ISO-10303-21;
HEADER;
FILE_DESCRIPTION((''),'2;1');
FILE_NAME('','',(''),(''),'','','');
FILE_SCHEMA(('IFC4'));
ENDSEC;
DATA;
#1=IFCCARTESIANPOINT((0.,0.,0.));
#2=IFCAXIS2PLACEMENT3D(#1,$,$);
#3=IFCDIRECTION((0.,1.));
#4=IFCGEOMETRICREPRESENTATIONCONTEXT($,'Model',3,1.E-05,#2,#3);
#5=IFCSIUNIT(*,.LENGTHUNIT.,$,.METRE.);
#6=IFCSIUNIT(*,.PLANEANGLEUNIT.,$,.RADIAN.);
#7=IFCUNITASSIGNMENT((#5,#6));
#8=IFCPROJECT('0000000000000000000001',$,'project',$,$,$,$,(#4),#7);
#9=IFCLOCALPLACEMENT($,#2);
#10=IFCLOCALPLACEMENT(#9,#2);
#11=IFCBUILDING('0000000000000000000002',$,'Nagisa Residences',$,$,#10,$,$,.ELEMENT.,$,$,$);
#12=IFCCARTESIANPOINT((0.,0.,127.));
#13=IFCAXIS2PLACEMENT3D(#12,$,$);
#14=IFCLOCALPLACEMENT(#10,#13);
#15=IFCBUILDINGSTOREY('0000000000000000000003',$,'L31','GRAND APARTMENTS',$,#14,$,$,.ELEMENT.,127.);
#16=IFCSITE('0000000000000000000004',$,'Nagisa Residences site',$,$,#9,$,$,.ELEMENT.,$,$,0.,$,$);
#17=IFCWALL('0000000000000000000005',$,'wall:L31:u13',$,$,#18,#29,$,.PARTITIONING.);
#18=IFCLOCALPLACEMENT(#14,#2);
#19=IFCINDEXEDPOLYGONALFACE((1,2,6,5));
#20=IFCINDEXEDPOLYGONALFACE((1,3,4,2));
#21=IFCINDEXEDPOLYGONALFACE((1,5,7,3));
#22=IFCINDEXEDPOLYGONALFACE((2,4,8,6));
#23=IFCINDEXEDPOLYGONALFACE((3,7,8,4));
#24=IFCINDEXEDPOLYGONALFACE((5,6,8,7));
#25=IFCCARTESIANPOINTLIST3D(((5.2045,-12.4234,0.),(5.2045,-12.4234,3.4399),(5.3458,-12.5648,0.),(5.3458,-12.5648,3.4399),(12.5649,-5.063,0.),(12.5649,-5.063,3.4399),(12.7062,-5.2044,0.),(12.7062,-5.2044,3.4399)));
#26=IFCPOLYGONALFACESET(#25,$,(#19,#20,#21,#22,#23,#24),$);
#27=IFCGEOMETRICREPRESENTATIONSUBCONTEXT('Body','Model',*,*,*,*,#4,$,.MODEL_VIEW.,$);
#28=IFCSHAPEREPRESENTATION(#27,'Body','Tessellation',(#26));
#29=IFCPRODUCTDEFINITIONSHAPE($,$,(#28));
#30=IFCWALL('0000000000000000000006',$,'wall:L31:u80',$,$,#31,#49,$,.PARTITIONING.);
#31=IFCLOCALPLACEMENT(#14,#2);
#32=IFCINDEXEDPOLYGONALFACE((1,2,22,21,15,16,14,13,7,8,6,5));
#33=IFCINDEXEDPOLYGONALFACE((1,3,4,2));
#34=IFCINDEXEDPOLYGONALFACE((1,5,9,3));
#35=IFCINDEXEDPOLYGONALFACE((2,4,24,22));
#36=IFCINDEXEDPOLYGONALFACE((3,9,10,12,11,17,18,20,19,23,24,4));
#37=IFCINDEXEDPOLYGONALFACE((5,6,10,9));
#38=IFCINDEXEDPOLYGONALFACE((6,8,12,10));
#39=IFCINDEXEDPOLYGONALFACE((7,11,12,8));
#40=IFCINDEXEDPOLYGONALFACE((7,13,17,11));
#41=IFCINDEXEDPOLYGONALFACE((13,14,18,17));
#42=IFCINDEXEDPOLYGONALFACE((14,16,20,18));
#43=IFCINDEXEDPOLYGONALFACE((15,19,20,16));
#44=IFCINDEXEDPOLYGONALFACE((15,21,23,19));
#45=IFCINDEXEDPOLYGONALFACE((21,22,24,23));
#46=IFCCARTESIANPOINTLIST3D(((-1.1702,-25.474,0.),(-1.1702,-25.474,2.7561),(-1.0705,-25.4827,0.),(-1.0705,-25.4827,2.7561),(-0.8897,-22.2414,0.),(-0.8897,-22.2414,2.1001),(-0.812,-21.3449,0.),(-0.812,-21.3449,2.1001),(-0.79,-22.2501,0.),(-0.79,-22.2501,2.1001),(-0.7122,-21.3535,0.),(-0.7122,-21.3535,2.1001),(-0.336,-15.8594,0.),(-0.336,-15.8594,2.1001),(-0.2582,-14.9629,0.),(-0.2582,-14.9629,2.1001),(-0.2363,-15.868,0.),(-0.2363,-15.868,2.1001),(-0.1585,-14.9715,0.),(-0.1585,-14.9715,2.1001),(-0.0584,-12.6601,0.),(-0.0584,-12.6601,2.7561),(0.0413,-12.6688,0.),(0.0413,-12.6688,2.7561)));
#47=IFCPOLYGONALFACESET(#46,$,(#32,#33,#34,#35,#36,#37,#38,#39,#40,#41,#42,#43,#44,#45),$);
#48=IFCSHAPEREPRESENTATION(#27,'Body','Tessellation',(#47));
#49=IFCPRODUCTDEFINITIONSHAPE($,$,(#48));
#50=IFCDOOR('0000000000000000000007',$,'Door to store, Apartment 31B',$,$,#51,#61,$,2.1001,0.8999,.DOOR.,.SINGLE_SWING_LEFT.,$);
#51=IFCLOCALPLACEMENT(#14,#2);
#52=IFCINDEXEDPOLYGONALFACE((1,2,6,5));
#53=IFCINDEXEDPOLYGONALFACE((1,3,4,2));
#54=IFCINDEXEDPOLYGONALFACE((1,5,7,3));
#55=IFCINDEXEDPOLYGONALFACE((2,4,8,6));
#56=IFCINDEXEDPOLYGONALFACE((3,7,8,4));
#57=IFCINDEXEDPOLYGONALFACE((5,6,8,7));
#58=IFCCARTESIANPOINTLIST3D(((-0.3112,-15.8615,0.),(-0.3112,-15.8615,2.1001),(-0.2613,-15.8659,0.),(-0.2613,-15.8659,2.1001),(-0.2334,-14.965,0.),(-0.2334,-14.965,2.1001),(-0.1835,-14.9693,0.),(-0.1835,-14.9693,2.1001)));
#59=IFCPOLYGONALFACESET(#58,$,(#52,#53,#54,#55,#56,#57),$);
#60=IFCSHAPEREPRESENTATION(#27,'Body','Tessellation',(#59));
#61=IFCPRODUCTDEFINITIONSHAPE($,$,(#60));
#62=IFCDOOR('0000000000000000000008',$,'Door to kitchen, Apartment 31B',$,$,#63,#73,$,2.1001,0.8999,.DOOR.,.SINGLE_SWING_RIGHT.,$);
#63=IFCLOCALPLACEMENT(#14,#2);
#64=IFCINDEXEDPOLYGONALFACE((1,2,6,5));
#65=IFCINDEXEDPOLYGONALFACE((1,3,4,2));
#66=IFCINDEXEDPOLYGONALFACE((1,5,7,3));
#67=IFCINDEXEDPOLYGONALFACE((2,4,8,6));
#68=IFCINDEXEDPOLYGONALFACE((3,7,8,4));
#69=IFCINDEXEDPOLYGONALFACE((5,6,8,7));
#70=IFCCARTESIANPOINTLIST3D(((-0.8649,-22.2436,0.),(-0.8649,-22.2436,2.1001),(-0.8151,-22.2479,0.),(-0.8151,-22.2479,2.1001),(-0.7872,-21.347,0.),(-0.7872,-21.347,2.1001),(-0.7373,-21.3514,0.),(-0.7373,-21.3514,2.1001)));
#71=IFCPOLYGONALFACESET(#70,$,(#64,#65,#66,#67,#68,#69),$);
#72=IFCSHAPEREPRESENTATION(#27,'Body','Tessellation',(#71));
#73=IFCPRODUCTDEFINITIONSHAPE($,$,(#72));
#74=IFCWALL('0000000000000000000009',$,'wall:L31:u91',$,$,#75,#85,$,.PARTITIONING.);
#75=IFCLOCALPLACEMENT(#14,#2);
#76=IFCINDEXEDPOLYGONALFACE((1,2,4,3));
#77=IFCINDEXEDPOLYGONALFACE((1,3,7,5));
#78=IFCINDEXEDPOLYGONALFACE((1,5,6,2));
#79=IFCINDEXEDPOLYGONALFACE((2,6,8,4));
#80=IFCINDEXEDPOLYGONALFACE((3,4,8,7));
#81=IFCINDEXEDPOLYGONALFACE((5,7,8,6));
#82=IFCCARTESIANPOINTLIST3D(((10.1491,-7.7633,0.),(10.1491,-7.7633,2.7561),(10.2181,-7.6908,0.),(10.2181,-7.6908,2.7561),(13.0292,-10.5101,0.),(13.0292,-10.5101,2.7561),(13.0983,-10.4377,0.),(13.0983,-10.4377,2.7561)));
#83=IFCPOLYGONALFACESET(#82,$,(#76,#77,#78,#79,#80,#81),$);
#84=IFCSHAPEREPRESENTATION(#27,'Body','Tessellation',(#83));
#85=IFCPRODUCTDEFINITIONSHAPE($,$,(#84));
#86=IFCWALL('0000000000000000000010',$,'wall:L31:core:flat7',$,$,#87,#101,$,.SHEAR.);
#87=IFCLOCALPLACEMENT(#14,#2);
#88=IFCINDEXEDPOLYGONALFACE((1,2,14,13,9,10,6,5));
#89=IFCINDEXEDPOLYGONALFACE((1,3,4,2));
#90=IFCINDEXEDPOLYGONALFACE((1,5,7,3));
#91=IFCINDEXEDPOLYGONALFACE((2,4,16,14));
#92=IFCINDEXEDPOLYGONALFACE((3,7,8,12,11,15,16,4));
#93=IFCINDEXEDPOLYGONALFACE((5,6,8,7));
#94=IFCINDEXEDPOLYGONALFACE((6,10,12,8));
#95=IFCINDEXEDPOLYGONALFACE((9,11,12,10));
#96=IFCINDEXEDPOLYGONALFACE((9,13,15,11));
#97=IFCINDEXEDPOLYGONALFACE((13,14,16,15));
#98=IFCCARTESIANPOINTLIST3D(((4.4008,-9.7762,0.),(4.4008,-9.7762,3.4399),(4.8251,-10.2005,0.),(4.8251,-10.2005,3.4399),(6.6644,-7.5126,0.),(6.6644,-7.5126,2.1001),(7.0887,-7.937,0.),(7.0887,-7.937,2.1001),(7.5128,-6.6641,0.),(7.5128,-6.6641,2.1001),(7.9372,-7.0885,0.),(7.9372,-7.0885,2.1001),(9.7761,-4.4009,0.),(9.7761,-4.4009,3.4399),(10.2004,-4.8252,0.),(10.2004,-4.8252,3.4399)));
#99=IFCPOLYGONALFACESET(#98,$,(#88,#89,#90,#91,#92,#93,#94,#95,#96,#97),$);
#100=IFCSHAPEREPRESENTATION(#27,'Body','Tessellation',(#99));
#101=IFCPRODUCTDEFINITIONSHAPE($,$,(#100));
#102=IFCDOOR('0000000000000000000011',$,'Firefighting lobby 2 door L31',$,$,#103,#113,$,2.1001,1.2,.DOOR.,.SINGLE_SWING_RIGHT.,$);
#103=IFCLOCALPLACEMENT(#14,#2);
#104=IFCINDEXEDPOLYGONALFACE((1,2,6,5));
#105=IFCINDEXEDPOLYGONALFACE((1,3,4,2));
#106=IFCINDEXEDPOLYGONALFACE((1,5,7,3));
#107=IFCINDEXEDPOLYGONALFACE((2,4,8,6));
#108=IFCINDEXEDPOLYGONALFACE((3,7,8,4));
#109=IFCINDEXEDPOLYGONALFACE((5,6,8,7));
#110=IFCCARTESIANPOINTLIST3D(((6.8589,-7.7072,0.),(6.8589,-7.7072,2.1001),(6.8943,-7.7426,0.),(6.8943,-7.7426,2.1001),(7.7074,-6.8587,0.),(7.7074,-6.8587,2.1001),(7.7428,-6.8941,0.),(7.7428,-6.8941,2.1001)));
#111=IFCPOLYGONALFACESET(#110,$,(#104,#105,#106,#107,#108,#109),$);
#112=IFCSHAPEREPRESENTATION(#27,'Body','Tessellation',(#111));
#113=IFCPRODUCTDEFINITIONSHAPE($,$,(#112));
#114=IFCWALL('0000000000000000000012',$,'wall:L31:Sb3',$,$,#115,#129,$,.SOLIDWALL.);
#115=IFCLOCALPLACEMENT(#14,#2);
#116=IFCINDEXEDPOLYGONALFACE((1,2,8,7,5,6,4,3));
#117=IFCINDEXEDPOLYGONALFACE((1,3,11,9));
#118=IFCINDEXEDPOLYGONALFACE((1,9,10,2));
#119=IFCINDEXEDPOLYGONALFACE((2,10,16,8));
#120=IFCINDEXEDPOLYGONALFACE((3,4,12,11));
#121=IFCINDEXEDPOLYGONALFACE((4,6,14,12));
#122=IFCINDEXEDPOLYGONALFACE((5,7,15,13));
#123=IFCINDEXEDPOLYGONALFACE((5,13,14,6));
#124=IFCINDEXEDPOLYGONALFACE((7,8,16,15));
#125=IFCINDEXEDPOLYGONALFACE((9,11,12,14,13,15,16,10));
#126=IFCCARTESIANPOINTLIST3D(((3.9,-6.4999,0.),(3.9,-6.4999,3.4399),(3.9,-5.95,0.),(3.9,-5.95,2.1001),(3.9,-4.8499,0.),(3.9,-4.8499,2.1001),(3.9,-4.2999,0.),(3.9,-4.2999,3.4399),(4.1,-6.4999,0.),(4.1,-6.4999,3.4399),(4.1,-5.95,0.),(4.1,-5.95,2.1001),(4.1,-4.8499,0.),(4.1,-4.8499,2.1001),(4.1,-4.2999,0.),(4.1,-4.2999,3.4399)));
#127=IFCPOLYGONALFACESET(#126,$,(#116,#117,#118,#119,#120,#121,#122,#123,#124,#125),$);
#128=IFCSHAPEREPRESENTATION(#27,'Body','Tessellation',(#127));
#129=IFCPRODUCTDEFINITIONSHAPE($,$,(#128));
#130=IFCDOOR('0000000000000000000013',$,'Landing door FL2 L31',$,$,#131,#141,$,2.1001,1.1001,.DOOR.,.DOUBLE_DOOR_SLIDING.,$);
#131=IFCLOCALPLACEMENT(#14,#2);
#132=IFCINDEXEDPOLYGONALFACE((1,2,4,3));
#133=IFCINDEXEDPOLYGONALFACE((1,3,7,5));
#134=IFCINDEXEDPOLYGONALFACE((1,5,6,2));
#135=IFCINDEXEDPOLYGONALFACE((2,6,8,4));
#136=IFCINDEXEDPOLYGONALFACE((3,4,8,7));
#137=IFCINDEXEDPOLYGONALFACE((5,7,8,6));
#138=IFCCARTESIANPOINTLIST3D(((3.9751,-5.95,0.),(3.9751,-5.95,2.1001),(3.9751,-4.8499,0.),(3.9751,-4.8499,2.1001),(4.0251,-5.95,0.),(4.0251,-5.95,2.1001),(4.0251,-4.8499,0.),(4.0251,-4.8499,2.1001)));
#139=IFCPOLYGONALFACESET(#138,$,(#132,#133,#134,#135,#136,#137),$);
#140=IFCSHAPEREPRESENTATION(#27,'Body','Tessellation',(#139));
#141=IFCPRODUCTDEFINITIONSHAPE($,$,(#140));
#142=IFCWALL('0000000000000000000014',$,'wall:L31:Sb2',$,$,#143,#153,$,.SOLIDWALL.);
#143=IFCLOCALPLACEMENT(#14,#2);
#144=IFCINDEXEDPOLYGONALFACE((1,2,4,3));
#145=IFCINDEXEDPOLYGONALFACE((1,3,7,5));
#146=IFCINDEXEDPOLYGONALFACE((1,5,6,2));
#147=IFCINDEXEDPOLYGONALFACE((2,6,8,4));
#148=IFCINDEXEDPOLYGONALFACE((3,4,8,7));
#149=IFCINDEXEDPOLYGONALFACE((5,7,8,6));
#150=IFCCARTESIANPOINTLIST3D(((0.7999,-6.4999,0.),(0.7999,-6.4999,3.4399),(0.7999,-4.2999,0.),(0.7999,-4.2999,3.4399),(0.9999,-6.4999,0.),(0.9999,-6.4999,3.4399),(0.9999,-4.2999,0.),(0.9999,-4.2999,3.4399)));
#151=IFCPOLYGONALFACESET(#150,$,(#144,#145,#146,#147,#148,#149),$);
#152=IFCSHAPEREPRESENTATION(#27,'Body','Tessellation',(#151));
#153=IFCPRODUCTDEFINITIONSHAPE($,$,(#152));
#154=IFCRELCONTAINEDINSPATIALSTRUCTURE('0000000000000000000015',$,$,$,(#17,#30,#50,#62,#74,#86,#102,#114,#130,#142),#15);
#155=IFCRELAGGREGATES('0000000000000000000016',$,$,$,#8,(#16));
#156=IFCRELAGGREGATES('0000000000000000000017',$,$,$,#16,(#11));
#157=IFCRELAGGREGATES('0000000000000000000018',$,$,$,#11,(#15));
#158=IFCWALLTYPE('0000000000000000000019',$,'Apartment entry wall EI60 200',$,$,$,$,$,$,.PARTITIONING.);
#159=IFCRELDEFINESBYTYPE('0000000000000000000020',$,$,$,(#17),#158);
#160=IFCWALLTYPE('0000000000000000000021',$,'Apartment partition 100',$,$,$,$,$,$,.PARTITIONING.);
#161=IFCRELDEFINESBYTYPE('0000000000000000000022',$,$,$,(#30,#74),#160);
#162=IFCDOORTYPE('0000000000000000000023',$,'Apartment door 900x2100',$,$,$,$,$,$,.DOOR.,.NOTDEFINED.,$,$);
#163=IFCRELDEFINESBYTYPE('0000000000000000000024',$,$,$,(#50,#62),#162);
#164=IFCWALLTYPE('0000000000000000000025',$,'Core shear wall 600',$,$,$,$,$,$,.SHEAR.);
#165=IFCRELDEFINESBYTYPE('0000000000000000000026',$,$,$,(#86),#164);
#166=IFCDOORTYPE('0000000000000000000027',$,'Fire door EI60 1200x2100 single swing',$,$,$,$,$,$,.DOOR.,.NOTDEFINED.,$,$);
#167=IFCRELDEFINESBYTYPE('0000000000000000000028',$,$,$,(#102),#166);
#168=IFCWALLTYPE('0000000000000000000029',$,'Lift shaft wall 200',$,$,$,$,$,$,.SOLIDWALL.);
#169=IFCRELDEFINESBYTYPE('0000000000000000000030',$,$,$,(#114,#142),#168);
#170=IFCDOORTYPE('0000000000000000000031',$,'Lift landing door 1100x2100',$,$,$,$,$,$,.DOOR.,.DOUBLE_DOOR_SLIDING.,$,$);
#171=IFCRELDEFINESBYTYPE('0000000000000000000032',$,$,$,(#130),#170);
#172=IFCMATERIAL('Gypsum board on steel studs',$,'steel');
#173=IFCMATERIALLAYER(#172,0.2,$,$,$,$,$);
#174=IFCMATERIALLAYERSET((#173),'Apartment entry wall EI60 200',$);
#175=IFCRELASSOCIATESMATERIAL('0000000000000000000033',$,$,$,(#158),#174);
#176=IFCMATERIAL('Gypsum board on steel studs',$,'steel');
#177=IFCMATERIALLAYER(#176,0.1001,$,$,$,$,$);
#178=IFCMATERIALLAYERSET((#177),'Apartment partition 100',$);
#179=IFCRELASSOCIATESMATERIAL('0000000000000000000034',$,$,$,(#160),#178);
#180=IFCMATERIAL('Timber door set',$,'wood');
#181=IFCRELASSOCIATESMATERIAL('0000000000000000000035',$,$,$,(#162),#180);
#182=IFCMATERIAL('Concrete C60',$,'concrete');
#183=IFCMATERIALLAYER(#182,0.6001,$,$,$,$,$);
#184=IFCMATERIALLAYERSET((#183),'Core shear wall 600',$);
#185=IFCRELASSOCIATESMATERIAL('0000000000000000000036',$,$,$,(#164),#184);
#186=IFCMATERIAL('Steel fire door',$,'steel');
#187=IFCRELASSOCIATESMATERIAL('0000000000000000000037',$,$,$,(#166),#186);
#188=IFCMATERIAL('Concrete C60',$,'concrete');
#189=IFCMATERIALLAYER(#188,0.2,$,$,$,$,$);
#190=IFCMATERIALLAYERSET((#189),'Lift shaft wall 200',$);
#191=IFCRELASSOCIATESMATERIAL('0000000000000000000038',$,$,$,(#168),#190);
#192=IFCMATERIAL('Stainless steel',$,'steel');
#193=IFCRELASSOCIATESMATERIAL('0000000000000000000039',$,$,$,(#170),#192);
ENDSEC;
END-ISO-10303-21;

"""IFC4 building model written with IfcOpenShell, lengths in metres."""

from ifc_helpers import new_model, si_unit, direction, frame, frame_2d, origin, place, context, subcontext, project, spatial, rectangle, extrude, material, layer, layer_set, type_object, element, fill, save


model = new_model("IFC4")

# Units and contexts
model_context = context("Model", 3, precision=1e-05, world=origin(), true_north=direction((0.0, 1.0)))
body_context = subcontext(model_context, "Body", "Model", "MODEL_VIEW")
ifc_project = project(units=[si_unit("LENGTHUNIT", "METRE"), si_unit("PLANEANGLEUNIT", "RADIAN")], contexts=[model_context])

# Site, building, storey
site_placement = place(None, origin())
site = spatial("IfcSite", under=ifc_project, at=site_placement, Name="Nagisa Residences site", CompositionType="ELEMENT", RefElevation=0.0)
building_placement = place(site_placement, origin())
building = spatial("IfcBuilding", under=site, at=building_placement, Name="Nagisa Residences", CompositionType="ELEMENT")
storey_placement = place(building_placement, frame((0.0, 0.0, 127.0)))
storey = spatial("IfcBuildingStorey", under=building, at=storey_placement, Name="L31", Description="GRAND APARTMENTS", CompositionType="ELEMENT", Elevation=127.0)

# Wall
ifc_material_1 = material(Name="Gypsum board on steel studs", Category="steel")
ifc_layer_1 = layer(ifc_material_1, 0.2)
ifc_layer_set_1 = layer_set([ifc_layer_1], Name="Apartment entry wall EI60 200")
wall_type_1 = type_object("IfcWallType", Name="Apartment entry wall EI60 200", PredefinedType="PARTITIONING", material=ifc_layer_set_1)
wall_1_placement = place(storey_placement, frame((5.2751, -12.4941, 0.0), z_axis=(0.0, 0.0, 1.0), x_axis=(0.707107, 0.707107, 0.0)))
element("IfcWall", 1, at=wall_1_placement, inside=storey, type_object=wall_type_1, Name="wall:L31:u13", PredefinedType="PARTITIONING", context=body_context, shape_type="SweptSolid", body=[
    extrude(rectangle(XDim=10.4092, YDim=0.2, at=frame_2d((5.2046, 0.0))), origin(), (0.0, 0.0, 1.0), 3.4399),
])

# Wall, openings, doors
ifc_material_2 = material(Name="Gypsum board on steel studs", Category="steel")
ifc_layer_2 = layer(ifc_material_2, 0.1001)
ifc_layer_set_2 = layer_set([ifc_layer_2], Name="Apartment partition 100")
wall_type_2 = type_object("IfcWallType", Name="Apartment partition 100", PredefinedType="PARTITIONING", material=ifc_layer_set_2)
wall_2_placement = place(storey_placement, frame((-0.0085, -12.6643, 0.0), z_axis=(0.0, 0.0, 1.0), x_axis=(-0.086441, -0.996257, 0.0)))
wall_2 = element("IfcWall", 2, at=wall_2_placement, inside=storey, type_object=wall_type_2, Name="wall:L31:u80", PredefinedType="PARTITIONING", context=body_context, shape_type="SweptSolid", body=[
    extrude(rectangle(XDim=12.8621, YDim=0.1001, at=frame_2d((6.4312, 0.0))), origin(), (0.0, 0.0, 1.0), 2.7561),
])
opening_1_placement = place(wall_2_placement, frame((2.3115, 0.0, 0.0)))
opening_1 = element("IfcOpeningElement", 3, at=opening_1_placement, cuts=wall_2, PredefinedType="OPENING", context=body_context, shape_type="SweptSolid", body=[
    extrude(rectangle(XDim=0.8999, YDim=2.1001, at=frame_2d((0.45, 1.05))), frame((0.0, 0.0601, 0.0), z_axis=(0.0, -1.0, 0.0), x_axis=(1.0, 0.0, 0.0)), (0.0, 0.0, 1.0), 0.1201),
])
opening_2_placement = place(wall_2_placement, frame((8.7175, 0.0, 0.0)))
opening_2 = element("IfcOpeningElement", 4, at=opening_2_placement, cuts=wall_2, PredefinedType="OPENING", context=body_context, shape_type="SweptSolid", body=[
    extrude(rectangle(XDim=0.8999, YDim=2.1001, at=frame_2d((0.45, 1.05))), frame((0.0, 0.0601, 0.0), z_axis=(0.0, -1.0, 0.0), x_axis=(1.0, 0.0, 0.0)), (0.0, 0.0, 1.0), 0.1201),
])
ifc_material_3 = material(Name="Timber door set", Category="wood")
door_type_1 = type_object("IfcDoorType", Name="Apartment door 900x2100", OperationType="NOTDEFINED", PredefinedType="DOOR", material=ifc_material_3)
door_1_placement = place(opening_1_placement, origin())
door_1 = element("IfcDoor", 5, at=door_1_placement, inside=storey, type_object=door_type_1, Name="Door to store, Apartment 31B", OperationType="SINGLE_SWING_LEFT", OverallHeight=2.1001, OverallWidth=0.8999, PredefinedType="DOOR", context=body_context, shape_type="SweptSolid", body=[
    extrude(rectangle(XDim=0.8999, YDim=2.1001, at=frame_2d((0.45, 1.05))), frame((0.0, 0.0249, 0.0), z_axis=(0.0, -1.0, 0.0), x_axis=(1.0, 0.0, 0.0)), (0.0, 0.0, 1.0), 0.05),
])
fill(opening_1, door_1)
door_2_placement = place(opening_2_placement, origin())
door_2 = element("IfcDoor", 6, at=door_2_placement, inside=storey, type_object=door_type_1, Name="Door to kitchen, Apartment 31B", OperationType="SINGLE_SWING_RIGHT", OverallHeight=2.1001, OverallWidth=0.8999, PredefinedType="DOOR", context=body_context, shape_type="SweptSolid", body=[
    extrude(rectangle(XDim=0.8999, YDim=2.1001, at=frame_2d((0.45, 1.05))), frame((0.0, 0.0249, 0.0), z_axis=(0.0, -1.0, 0.0), x_axis=(1.0, 0.0, 0.0)), (0.0, 0.0, 1.0), 0.05),
])
fill(opening_2, door_2)

# Wall
wall_3_placement = place(storey_placement, frame((10.1836, -7.7271, 0.0), z_axis=(0.0, 0.0, 1.0), x_axis=(0.723655, -0.690162, 0.0)))
element("IfcWall", 7, at=wall_3_placement, inside=storey, type_object=wall_type_2, Name="wall:L31:u91", PredefinedType="PARTITIONING", context=body_context, shape_type="SweptSolid", body=[
    extrude(rectangle(XDim=3.98, YDim=0.1001, at=frame_2d((1.99, 0.0))), origin(), (0.0, 0.0, 1.0), 2.7561),
])

# Walls, openings, doors
ifc_material_4 = material(Name="Concrete C60", Category="concrete")
ifc_layer_3 = layer(ifc_material_4, 0.6001)
ifc_layer_set_3 = layer_set([ifc_layer_3], Name="Core shear wall 600")
wall_type_3 = type_object("IfcWallType", Name="Core shear wall 600", PredefinedType="SHEAR", material=ifc_layer_set_3)
wall_4_placement = place(storey_placement, frame((4.613, -9.9883, 0.0), z_axis=(0.0, 0.0, 1.0), x_axis=(0.707107, 0.707107, 0.0)))
wall_4 = element("IfcWall", 8, at=wall_4_placement, inside=storey, type_object=wall_type_3, Name="wall:L31:core:flat7", PredefinedType="SHEAR", context=body_context, shape_type="SweptSolid", body=[
    extrude(rectangle(XDim=7.6018, YDim=0.6001, at=frame_2d((3.8008, 0.0))), origin(), (0.0, 0.0, 1.0), 3.4399),
])
opening_3_placement = place(wall_4_placement, frame((3.2009, 0.0, 0.0)))
opening_3 = element("IfcOpeningElement", 9, at=opening_3_placement, cuts=wall_4, PredefinedType="OPENING", context=body_context, shape_type="SweptSolid", body=[
    extrude(rectangle(XDim=1.2, YDim=2.1001, at=frame_2d((0.6001, 1.05))), frame((0.0, 0.3101, 0.0), z_axis=(0.0, -1.0, 0.0), x_axis=(1.0, 0.0, 0.0)), (0.0, 0.0, 1.0), 0.6201),
])
ifc_material_5 = material(Name="Steel fire door", Category="steel")
door_type_2 = type_object("IfcDoorType", Name="Fire door EI60 1200x2100 single swing", OperationType="NOTDEFINED", PredefinedType="DOOR", material=ifc_material_5)
door_3_placement = place(opening_3_placement, origin())
door_3 = element("IfcDoor", 10, at=door_3_placement, inside=storey, type_object=door_type_2, Name="Firefighting lobby 2 door L31", OperationType="SINGLE_SWING_RIGHT", OverallHeight=2.1001, OverallWidth=1.2, PredefinedType="DOOR", context=body_context, shape_type="SweptSolid", body=[
    extrude(rectangle(XDim=1.2, YDim=2.1001, at=frame_2d((0.6001, 1.05))), frame((0.0, 0.0249, 0.0), z_axis=(0.0, -1.0, 0.0), x_axis=(1.0, 0.0, 0.0)), (0.0, 0.0, 1.0), 0.05),
])
fill(opening_3, door_3)
ifc_material_6 = material(Name="Concrete C60", Category="concrete")
ifc_layer_4 = layer(ifc_material_6, 0.2)
ifc_layer_set_4 = layer_set([ifc_layer_4], Name="Lift shaft wall 200")
wall_type_4 = type_object("IfcWallType", Name="Lift shaft wall 200", PredefinedType="SOLIDWALL", material=ifc_layer_set_4)
wall_5_placement = place(storey_placement, frame((4.0, -6.5, 0.0), z_axis=(0.0, 0.0, 1.0), x_axis=(0.0, 1.0, 0.0)))
wall_5 = element("IfcWall", 11, at=wall_5_placement, inside=storey, type_object=wall_type_4, Name="wall:L31:Sb3", PredefinedType="SOLIDWALL", context=body_context, shape_type="SweptSolid", body=[
    extrude(rectangle(XDim=2.2, YDim=0.2, at=frame_2d((1.1001, 0.0))), origin(), (0.0, 0.0, 1.0), 3.4399),
])
opening_4_placement = place(wall_5_placement, frame((0.55, 0.0, 0.0)))
opening_4 = element("IfcOpeningElement", 12, at=opening_4_placement, cuts=wall_5, PredefinedType="OPENING", context=body_context, shape_type="SweptSolid", body=[
    extrude(rectangle(XDim=1.1001, YDim=2.1001, at=frame_2d((0.55, 1.05))), frame((0.0, 0.1099, 0.0), z_axis=(0.0, -1.0, 0.0), x_axis=(1.0, 0.0, 0.0)), (0.0, 0.0, 1.0), 0.22),
])
ifc_material_7 = material(Name="Stainless steel", Category="steel")
door_type_3 = type_object("IfcDoorType", Name="Lift landing door 1100x2100", OperationType="DOUBLE_DOOR_SLIDING", PredefinedType="DOOR", material=ifc_material_7)
door_4_placement = place(opening_4_placement, origin())
door_4 = element("IfcDoor", 13, at=door_4_placement, inside=storey, type_object=door_type_3, Name="Landing door FL2 L31", OperationType="DOUBLE_DOOR_SLIDING", OverallHeight=2.1001, OverallWidth=1.1001, PredefinedType="DOOR", context=body_context, shape_type="SweptSolid", body=[
    extrude(rectangle(XDim=1.1001, YDim=2.1001, at=frame_2d((0.55, 1.05))), frame((0.0, 0.0249, 0.0), z_axis=(0.0, -1.0, 0.0), x_axis=(1.0, 0.0, 0.0)), (0.0, 0.0, 1.0), 0.05),
])
fill(opening_4, door_4)

# Wall
wall_6_placement = place(storey_placement, frame((0.8999, -6.5, 0.0), z_axis=(0.0, 0.0, 1.0), x_axis=(0.0, 1.0, 0.0)))
element("IfcWall", 14, at=wall_6_placement, inside=storey, type_object=wall_type_4, Name="wall:L31:Sb2", PredefinedType="SOLIDWALL", context=body_context, shape_type="SweptSolid", body=[
    extrude(rectangle(XDim=2.2, YDim=0.2, at=frame_2d((1.1001, 0.0))), origin(), (0.0, 0.0, 1.0), 3.4399),
])

save(model, "model.ifc")
